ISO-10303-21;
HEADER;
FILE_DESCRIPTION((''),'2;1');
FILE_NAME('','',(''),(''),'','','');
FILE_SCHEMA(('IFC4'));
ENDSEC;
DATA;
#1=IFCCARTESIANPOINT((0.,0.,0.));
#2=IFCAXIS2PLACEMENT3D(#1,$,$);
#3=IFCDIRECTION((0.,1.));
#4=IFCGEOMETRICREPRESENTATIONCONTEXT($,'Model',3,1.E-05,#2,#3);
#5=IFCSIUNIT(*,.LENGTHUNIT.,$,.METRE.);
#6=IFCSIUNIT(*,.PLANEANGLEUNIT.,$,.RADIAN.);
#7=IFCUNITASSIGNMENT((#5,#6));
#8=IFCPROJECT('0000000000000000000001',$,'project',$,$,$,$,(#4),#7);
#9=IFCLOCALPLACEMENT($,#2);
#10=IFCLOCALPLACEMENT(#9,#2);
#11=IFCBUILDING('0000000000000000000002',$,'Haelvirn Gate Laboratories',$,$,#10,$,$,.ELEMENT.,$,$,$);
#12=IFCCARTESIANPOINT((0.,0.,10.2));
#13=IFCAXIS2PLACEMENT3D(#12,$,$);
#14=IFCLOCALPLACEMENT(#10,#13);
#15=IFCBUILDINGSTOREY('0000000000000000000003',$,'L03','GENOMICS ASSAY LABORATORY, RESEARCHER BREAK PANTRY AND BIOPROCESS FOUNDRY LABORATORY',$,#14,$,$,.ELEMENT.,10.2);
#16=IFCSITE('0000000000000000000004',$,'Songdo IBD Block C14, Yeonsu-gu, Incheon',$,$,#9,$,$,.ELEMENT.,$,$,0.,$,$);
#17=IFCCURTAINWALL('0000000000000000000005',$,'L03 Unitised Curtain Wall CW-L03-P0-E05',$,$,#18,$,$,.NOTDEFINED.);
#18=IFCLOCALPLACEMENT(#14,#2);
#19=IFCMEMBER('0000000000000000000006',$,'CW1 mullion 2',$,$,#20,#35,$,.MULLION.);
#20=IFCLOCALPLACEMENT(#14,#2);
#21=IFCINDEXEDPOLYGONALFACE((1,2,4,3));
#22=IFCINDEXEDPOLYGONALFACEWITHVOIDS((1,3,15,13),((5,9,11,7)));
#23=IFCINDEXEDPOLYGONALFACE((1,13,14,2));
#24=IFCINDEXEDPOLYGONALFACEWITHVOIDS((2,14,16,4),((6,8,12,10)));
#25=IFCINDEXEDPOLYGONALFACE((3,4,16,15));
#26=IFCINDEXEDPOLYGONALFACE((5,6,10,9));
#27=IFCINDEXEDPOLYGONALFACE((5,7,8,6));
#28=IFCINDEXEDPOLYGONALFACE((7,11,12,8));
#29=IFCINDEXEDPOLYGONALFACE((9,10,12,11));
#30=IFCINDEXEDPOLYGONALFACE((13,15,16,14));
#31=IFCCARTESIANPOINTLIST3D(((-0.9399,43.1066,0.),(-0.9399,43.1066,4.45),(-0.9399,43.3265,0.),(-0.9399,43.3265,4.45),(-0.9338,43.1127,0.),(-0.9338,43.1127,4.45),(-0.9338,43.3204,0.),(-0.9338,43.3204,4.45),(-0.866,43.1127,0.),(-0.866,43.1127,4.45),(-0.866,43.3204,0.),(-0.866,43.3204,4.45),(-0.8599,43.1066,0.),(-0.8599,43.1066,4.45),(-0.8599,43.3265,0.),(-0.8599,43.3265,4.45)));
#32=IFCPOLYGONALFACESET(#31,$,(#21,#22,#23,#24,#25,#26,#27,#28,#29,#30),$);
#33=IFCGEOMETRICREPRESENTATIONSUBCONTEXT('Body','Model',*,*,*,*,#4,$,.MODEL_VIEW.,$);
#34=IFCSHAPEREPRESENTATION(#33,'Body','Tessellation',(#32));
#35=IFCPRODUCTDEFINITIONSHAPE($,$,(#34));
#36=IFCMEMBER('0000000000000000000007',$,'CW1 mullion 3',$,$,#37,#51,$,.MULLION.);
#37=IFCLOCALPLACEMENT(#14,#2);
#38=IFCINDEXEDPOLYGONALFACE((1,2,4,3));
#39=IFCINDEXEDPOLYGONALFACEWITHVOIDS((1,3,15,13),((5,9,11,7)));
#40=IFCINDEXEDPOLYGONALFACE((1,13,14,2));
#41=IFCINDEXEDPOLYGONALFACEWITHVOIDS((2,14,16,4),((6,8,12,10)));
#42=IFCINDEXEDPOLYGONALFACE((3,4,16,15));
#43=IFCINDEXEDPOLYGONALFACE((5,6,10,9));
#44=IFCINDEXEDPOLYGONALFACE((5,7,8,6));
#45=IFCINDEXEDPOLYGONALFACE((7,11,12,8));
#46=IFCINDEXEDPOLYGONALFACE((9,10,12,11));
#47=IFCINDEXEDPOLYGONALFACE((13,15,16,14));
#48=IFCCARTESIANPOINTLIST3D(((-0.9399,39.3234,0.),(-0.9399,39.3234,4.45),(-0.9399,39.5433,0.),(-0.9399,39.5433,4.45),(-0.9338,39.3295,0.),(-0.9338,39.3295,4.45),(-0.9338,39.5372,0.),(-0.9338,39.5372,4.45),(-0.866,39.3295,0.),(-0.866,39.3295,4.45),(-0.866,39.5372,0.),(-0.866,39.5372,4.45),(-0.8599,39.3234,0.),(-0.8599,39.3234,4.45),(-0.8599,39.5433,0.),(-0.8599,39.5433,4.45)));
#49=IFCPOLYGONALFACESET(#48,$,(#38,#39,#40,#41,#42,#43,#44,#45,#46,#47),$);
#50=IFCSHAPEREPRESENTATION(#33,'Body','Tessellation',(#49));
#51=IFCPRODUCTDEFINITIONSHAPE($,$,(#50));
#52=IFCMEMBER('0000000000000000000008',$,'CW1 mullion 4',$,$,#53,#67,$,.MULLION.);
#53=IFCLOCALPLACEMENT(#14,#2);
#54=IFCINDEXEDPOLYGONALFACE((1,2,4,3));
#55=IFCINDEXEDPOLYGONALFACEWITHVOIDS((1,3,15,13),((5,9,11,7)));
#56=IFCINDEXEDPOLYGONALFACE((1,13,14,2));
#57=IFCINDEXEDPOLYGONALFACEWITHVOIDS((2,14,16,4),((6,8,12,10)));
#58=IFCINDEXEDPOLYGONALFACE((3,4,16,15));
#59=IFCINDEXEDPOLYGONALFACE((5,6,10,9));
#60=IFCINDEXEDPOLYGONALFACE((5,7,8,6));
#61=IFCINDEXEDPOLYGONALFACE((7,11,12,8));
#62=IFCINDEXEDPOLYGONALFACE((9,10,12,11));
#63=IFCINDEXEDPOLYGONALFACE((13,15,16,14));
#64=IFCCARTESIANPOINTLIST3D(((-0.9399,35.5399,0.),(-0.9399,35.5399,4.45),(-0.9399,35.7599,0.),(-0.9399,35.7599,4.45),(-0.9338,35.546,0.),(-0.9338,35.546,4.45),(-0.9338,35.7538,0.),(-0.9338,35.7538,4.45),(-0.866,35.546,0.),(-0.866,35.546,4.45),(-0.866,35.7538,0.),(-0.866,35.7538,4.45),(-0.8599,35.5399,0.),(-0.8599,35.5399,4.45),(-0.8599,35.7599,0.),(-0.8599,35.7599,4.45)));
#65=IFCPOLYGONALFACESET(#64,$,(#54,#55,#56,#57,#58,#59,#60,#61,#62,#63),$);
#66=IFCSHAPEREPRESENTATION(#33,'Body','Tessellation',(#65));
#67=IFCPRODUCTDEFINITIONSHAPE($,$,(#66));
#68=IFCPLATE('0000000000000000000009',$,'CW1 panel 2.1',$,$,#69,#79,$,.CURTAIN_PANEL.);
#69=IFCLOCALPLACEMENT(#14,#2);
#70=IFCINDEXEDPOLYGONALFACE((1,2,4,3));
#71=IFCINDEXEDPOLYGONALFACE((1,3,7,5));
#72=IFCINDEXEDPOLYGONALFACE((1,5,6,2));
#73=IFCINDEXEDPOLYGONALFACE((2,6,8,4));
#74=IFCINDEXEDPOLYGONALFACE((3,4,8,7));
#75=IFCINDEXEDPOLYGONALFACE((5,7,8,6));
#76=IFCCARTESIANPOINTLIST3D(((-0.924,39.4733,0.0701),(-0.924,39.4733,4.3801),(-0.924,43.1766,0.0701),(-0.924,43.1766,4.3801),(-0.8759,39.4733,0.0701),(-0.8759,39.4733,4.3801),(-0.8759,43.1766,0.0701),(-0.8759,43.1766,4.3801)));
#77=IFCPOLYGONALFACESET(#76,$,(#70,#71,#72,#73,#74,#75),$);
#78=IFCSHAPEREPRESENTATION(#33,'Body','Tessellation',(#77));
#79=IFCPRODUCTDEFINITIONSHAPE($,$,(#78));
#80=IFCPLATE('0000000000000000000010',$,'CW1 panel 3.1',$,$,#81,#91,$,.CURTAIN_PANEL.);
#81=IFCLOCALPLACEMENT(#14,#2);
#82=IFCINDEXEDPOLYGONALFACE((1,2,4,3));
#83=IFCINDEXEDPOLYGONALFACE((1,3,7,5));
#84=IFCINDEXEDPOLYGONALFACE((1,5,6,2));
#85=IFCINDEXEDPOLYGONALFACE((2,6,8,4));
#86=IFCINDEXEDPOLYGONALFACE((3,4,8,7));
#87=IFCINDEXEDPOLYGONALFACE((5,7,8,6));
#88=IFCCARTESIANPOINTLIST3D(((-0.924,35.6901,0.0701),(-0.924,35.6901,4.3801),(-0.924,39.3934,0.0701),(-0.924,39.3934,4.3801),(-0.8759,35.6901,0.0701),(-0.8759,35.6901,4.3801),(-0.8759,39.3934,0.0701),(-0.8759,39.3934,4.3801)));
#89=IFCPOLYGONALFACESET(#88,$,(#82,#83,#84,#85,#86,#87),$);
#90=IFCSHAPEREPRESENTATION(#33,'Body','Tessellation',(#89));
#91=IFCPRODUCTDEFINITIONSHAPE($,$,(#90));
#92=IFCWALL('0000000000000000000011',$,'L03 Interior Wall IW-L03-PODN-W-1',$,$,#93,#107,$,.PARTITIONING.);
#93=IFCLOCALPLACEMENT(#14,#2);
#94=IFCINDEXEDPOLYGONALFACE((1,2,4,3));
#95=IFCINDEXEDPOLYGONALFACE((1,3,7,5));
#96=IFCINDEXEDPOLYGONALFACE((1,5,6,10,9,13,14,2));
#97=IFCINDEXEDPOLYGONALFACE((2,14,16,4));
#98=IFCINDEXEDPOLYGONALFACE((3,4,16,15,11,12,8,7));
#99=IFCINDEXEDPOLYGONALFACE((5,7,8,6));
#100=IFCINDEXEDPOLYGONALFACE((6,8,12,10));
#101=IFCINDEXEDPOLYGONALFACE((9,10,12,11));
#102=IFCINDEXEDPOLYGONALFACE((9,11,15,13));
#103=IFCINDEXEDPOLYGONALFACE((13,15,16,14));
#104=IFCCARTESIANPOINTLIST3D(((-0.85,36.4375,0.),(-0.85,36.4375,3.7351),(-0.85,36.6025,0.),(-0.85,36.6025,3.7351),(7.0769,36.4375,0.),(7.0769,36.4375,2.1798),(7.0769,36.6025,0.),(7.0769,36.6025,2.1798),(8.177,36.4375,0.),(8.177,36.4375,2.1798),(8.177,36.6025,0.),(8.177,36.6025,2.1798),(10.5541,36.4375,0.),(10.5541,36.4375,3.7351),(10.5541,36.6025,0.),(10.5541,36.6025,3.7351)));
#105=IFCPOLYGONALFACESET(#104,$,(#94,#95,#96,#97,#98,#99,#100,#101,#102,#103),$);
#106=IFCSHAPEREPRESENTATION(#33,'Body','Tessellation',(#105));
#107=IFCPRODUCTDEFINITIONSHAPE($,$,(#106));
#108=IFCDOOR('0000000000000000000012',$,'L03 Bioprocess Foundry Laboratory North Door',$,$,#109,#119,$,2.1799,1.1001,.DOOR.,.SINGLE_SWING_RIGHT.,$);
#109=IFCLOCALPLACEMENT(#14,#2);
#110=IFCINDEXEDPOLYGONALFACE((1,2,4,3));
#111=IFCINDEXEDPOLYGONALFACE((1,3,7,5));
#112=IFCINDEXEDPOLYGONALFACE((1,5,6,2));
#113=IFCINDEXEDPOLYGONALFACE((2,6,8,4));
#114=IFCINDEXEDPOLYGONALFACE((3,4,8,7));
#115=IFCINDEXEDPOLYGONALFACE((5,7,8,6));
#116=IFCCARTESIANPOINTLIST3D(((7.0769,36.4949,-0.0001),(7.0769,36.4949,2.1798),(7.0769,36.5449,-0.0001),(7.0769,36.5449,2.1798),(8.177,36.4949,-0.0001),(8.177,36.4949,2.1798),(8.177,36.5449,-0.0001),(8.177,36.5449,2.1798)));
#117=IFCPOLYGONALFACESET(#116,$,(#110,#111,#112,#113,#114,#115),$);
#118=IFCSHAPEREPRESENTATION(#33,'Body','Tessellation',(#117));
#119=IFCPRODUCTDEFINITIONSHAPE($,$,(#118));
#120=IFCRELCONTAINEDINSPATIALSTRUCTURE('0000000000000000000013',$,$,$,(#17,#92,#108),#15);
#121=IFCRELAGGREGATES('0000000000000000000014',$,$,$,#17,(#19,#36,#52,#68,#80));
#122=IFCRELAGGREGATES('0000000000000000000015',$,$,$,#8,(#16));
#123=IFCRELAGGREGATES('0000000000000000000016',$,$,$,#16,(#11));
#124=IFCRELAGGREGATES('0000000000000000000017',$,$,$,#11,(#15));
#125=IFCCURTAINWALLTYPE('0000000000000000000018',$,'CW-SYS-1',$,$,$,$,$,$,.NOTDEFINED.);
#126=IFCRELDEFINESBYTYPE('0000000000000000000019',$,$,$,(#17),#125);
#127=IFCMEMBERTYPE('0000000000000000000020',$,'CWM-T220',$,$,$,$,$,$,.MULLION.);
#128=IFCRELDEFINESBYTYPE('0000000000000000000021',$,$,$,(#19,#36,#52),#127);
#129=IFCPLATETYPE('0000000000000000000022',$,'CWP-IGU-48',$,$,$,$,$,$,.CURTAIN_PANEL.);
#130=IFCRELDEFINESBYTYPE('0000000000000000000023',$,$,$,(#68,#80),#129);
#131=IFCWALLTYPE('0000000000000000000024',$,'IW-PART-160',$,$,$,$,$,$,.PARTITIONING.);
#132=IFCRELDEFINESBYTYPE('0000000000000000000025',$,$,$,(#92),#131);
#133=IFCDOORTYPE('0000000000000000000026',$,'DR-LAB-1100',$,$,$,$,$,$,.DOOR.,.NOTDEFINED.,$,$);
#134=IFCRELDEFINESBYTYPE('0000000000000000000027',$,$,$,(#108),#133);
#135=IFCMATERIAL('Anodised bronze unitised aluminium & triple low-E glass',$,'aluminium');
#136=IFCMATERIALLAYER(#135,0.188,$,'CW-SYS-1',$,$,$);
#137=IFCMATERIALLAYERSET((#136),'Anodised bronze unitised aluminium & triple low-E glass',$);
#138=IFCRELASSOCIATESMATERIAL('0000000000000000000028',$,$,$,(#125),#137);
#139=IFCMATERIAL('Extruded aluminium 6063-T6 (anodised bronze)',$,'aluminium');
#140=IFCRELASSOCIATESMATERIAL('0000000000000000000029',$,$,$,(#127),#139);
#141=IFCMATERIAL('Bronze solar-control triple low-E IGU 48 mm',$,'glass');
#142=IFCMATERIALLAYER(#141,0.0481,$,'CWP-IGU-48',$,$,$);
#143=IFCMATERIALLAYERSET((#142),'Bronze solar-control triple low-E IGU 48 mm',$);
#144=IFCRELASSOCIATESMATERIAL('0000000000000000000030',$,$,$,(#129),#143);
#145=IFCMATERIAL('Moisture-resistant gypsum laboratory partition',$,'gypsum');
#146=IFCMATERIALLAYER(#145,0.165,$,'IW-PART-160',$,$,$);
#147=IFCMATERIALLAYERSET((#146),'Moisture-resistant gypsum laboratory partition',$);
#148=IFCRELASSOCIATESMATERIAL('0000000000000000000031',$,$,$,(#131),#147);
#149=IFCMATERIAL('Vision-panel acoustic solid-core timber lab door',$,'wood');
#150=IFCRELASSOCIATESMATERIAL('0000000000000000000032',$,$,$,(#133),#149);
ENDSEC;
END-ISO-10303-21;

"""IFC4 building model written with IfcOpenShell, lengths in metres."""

from ifc_helpers import new_model, si_unit, direction, frame, frame_2d, origin, origin_2d, place, context, subcontext, project, spatial, rectangle, hollow_rectangle, extrude, source, transform, mapped, material, layer, layer_set, material_profile, profile_set, type_object, type_shapes, element, fill, aggregate, save


model = new_model("IFC4")

# Units and contexts
model_context = context("Model", 3, precision=1e-05, world=origin(), true_north=direction((0.0, 1.0)))
body_context = subcontext(model_context, "Body", "Model", "MODEL_VIEW")
ifc_project = project(units=[si_unit("LENGTHUNIT", "METRE"), si_unit("PLANEANGLEUNIT", "RADIAN")], contexts=[model_context])

# Site, building, storey
site_placement = place(None, origin())
site = spatial("IfcSite", under=ifc_project, at=site_placement, Name="Songdo IBD Block C14, Yeonsu-gu, Incheon", CompositionType="ELEMENT", RefElevation=0.0)
building_placement = place(site_placement, origin())
building = spatial("IfcBuilding", under=site, at=building_placement, Name="Haelvirn Gate Laboratories", CompositionType="ELEMENT")
storey_placement = place(building_placement, frame((0.0, 0.0, 10.2)))
storey = spatial("IfcBuildingStorey", under=building, at=storey_placement, Name="L03", Description="GENOMICS ASSAY LABORATORY, RESEARCHER BREAK PANTRY AND BIOPROCESS FOUNDRY LABORATORY", CompositionType="ELEMENT", Elevation=10.2)

# Curtain wall, members, plates
ifc_material_1 = material(Name="Anodised bronze unitised aluminium & triple low-E glass", Category="aluminium")
ifc_layer_1 = layer(ifc_material_1, 0.188, Name="CW-SYS-1")
ifc_layer_set_1 = layer_set([ifc_layer_1], Name="Anodised bronze unitised aluminium & triple low-E glass")
curtain_wall_type = type_object("IfcCurtainWallType", Name="CW-SYS-1", PredefinedType="NOTDEFINED", material=ifc_layer_set_1)
curtain_wall_placement = place(storey_placement, origin())
curtain_wall = element("IfcCurtainWall", 1, at=curtain_wall_placement, inside=storey, type_object=curtain_wall_type, Name="L03 Unitised Curtain Wall CW-L03-P0-E05", PredefinedType="NOTDEFINED")
ifc_material_2 = material(Name="Extruded aluminium 6063-T6 (anodised bronze)", Category="aluminium")
ifc_material_profile_1 = material_profile(ifc_material_2, hollow_rectangle(XDim=0.0801, YDim=0.22, WallThickness=0.0061, at=origin_2d()), Name="CWM-220x80x6")
ifc_profile_set_1 = profile_set([ifc_material_profile_1], Name="Extruded aluminium 6063-T6 (anodised bronze)")
member_type_1 = type_object("IfcMemberType", Name="CWM-T220", PredefinedType="MULLION", material=ifc_profile_set_1)
shared_shape_1 = source(origin(), body_context, "Body", "SweptSolid", [
    extrude(hollow_rectangle(XDim=0.0801, YDim=0.22, WallThickness=0.0061, at=origin_2d()), origin(), (0.0, 0.0, 1.0), 4.45),
])
type_shapes(member_type_1, [shared_shape_1])
member_1_placement = place(storey_placement, frame((-0.8999, 43.2166, 0.0), z_axis=(0.0, 0.0, 1.0), x_axis=(1.0, 0.0, 0.0)))
member_1 = element("IfcMember", 2, at=member_1_placement, type_object=member_type_1, Name="CW1 mullion 2", PredefinedType="MULLION", context=body_context, shape_type="MappedRepresentation", body=[
    mapped(shared_shape_1, transform((0.0, 0.0, 0.0), scale=1.0)),
])
member_2_placement = place(storey_placement, frame((-0.8999, 39.4333, 0.0), z_axis=(0.0, 0.0, 1.0), x_axis=(1.0, 0.0, 0.0)))
member_2 = element("IfcMember", 3, at=member_2_placement, type_object=member_type_1, Name="CW1 mullion 3", PredefinedType="MULLION", context=body_context, shape_type="MappedRepresentation", body=[
    mapped(shared_shape_1, transform((0.0, 0.0, 0.0), scale=1.0)),
])
member_3_placement = place(storey_placement, frame((-0.8999, 35.6499, 0.0), z_axis=(0.0, 0.0, 1.0), x_axis=(1.0, 0.0, 0.0)))
member_3 = element("IfcMember", 4, at=member_3_placement, type_object=member_type_1, Name="CW1 mullion 4", PredefinedType="MULLION", context=body_context, shape_type="MappedRepresentation", body=[
    mapped(shared_shape_1, transform((0.0, 0.0, 0.0), scale=1.0)),
])
ifc_material_3 = material(Name="Bronze solar-control triple low-E IGU 48 mm", Category="glass")
ifc_layer_2 = layer(ifc_material_3, 0.0481, Name="CWP-IGU-48")
ifc_layer_set_2 = layer_set([ifc_layer_2], Name="Bronze solar-control triple low-E IGU 48 mm")
plate_type = type_object("IfcPlateType", Name="CWP-IGU-48", PredefinedType="CURTAIN_PANEL", material=ifc_layer_set_2)
shared_shape_2 = source(origin(), body_context, "Body", "SweptSolid", [
    extrude(rectangle(XDim=3.7034, YDim=0.0481, at=origin_2d()), origin(), (0.0, 0.0, 1.0), 4.3101),
])
type_shapes(plate_type, [shared_shape_2])
plate_1_placement = place(storey_placement, frame((-0.8999, 41.325, 0.0701), z_axis=(0.0, 0.0, 1.0), x_axis=(0.0, -1.0, 0.0)))
plate_1 = element("IfcPlate", 5, at=plate_1_placement, type_object=plate_type, Name="CW1 panel 2.1", PredefinedType="CURTAIN_PANEL", context=body_context, shape_type="MappedRepresentation", body=[
    mapped(shared_shape_2, transform((0.0, 0.0, 0.0), scale=1.0)),
])
plate_2_placement = place(storey_placement, frame((-0.8999, 37.5417, 0.0701), z_axis=(0.0, 0.0, 1.0), x_axis=(0.0, -1.0, 0.0)))
plate_2 = element("IfcPlate", 6, at=plate_2_placement, type_object=plate_type, Name="CW1 panel 3.1", PredefinedType="CURTAIN_PANEL", context=body_context, shape_type="MappedRepresentation", body=[
    mapped(shared_shape_2, transform((0.0, 0.0, 0.0), scale=1.0)),
])
aggregate(curtain_wall, [member_1, member_2, member_3, plate_1, plate_2])

# Wall, opening, door
ifc_material_4 = material(Name="Moisture-resistant gypsum laboratory partition", Category="gypsum")
ifc_layer_3 = layer(ifc_material_4, 0.165, Name="IW-PART-160")
ifc_layer_set_3 = layer_set([ifc_layer_3], Name="Moisture-resistant gypsum laboratory partition")
wall_type_1 = type_object("IfcWallType", Name="IW-PART-160", PredefinedType="PARTITIONING", material=ifc_layer_set_3)
wall_1_placement = place(storey_placement, frame((-0.8501, 36.52, 0.0), z_axis=(0.0, 0.0, 1.0), x_axis=(1.0, 0.0, 0.0)))
wall_1 = element("IfcWall", 7, at=wall_1_placement, inside=storey, type_object=wall_type_1, Name="L03 Interior Wall IW-L03-PODN-W-1", PredefinedType="PARTITIONING", context=body_context, shape_type="SweptSolid", body=[
    extrude(rectangle(XDim=11.4041, YDim=0.165, at=frame_2d((5.7021, 0.0))), origin(), (0.0, 0.0, 1.0), 3.7351),
])
opening_1_placement = place(wall_1_placement, frame((7.927, 0.0, 0.0)))
opening_1 = element("IfcOpeningElement", 8, at=opening_1_placement, cuts=wall_1, PredefinedType="OPENING", context=body_context, shape_type="SweptSolid", body=[
    extrude(rectangle(XDim=1.1001, YDim=2.1799, at=frame_2d((0.55, 1.0898))), frame((0.0, 0.0925, 0.0), z_axis=(0.0, -1.0, 0.0), x_axis=(1.0, 0.0, 0.0)), (0.0, 0.0, 1.0), 0.1851),
])
ifc_material_5 = material(Name="Vision-panel acoustic solid-core timber lab door", Category="wood")
door_type_1 = type_object("IfcDoorType", Name="DR-LAB-1100", OperationType="NOTDEFINED", PredefinedType="DOOR", material=ifc_material_5)
shared_shape_3 = source(origin(), body_context, "Body", "SweptSolid", [
    extrude(rectangle(XDim=1.1001, YDim=2.1799, at=frame_2d((0.55, 1.0898))), frame((0.0, 0.0249, 0.0), z_axis=(0.0, -1.0, 0.0), x_axis=(1.0, 0.0, 0.0)), (0.0, 0.0, 1.0), 0.05),
])
type_shapes(door_type_1, [shared_shape_3])
door_1_placement = place(opening_1_placement, origin())
door_1 = element("IfcDoor", 9, at=door_1_placement, inside=storey, type_object=door_type_1, Name="L03 Bioprocess Foundry Laboratory North Door", OperationType="SINGLE_SWING_RIGHT", OverallHeight=2.1799, OverallWidth=1.1001, PredefinedType="DOOR", context=body_context, shape_type="MappedRepresentation", body=[
    mapped(shared_shape_3, transform((0.0, 0.0, 0.0), scale=1.0)),
])
fill(opening_1, door_1)

save(model, "model.ifc")
